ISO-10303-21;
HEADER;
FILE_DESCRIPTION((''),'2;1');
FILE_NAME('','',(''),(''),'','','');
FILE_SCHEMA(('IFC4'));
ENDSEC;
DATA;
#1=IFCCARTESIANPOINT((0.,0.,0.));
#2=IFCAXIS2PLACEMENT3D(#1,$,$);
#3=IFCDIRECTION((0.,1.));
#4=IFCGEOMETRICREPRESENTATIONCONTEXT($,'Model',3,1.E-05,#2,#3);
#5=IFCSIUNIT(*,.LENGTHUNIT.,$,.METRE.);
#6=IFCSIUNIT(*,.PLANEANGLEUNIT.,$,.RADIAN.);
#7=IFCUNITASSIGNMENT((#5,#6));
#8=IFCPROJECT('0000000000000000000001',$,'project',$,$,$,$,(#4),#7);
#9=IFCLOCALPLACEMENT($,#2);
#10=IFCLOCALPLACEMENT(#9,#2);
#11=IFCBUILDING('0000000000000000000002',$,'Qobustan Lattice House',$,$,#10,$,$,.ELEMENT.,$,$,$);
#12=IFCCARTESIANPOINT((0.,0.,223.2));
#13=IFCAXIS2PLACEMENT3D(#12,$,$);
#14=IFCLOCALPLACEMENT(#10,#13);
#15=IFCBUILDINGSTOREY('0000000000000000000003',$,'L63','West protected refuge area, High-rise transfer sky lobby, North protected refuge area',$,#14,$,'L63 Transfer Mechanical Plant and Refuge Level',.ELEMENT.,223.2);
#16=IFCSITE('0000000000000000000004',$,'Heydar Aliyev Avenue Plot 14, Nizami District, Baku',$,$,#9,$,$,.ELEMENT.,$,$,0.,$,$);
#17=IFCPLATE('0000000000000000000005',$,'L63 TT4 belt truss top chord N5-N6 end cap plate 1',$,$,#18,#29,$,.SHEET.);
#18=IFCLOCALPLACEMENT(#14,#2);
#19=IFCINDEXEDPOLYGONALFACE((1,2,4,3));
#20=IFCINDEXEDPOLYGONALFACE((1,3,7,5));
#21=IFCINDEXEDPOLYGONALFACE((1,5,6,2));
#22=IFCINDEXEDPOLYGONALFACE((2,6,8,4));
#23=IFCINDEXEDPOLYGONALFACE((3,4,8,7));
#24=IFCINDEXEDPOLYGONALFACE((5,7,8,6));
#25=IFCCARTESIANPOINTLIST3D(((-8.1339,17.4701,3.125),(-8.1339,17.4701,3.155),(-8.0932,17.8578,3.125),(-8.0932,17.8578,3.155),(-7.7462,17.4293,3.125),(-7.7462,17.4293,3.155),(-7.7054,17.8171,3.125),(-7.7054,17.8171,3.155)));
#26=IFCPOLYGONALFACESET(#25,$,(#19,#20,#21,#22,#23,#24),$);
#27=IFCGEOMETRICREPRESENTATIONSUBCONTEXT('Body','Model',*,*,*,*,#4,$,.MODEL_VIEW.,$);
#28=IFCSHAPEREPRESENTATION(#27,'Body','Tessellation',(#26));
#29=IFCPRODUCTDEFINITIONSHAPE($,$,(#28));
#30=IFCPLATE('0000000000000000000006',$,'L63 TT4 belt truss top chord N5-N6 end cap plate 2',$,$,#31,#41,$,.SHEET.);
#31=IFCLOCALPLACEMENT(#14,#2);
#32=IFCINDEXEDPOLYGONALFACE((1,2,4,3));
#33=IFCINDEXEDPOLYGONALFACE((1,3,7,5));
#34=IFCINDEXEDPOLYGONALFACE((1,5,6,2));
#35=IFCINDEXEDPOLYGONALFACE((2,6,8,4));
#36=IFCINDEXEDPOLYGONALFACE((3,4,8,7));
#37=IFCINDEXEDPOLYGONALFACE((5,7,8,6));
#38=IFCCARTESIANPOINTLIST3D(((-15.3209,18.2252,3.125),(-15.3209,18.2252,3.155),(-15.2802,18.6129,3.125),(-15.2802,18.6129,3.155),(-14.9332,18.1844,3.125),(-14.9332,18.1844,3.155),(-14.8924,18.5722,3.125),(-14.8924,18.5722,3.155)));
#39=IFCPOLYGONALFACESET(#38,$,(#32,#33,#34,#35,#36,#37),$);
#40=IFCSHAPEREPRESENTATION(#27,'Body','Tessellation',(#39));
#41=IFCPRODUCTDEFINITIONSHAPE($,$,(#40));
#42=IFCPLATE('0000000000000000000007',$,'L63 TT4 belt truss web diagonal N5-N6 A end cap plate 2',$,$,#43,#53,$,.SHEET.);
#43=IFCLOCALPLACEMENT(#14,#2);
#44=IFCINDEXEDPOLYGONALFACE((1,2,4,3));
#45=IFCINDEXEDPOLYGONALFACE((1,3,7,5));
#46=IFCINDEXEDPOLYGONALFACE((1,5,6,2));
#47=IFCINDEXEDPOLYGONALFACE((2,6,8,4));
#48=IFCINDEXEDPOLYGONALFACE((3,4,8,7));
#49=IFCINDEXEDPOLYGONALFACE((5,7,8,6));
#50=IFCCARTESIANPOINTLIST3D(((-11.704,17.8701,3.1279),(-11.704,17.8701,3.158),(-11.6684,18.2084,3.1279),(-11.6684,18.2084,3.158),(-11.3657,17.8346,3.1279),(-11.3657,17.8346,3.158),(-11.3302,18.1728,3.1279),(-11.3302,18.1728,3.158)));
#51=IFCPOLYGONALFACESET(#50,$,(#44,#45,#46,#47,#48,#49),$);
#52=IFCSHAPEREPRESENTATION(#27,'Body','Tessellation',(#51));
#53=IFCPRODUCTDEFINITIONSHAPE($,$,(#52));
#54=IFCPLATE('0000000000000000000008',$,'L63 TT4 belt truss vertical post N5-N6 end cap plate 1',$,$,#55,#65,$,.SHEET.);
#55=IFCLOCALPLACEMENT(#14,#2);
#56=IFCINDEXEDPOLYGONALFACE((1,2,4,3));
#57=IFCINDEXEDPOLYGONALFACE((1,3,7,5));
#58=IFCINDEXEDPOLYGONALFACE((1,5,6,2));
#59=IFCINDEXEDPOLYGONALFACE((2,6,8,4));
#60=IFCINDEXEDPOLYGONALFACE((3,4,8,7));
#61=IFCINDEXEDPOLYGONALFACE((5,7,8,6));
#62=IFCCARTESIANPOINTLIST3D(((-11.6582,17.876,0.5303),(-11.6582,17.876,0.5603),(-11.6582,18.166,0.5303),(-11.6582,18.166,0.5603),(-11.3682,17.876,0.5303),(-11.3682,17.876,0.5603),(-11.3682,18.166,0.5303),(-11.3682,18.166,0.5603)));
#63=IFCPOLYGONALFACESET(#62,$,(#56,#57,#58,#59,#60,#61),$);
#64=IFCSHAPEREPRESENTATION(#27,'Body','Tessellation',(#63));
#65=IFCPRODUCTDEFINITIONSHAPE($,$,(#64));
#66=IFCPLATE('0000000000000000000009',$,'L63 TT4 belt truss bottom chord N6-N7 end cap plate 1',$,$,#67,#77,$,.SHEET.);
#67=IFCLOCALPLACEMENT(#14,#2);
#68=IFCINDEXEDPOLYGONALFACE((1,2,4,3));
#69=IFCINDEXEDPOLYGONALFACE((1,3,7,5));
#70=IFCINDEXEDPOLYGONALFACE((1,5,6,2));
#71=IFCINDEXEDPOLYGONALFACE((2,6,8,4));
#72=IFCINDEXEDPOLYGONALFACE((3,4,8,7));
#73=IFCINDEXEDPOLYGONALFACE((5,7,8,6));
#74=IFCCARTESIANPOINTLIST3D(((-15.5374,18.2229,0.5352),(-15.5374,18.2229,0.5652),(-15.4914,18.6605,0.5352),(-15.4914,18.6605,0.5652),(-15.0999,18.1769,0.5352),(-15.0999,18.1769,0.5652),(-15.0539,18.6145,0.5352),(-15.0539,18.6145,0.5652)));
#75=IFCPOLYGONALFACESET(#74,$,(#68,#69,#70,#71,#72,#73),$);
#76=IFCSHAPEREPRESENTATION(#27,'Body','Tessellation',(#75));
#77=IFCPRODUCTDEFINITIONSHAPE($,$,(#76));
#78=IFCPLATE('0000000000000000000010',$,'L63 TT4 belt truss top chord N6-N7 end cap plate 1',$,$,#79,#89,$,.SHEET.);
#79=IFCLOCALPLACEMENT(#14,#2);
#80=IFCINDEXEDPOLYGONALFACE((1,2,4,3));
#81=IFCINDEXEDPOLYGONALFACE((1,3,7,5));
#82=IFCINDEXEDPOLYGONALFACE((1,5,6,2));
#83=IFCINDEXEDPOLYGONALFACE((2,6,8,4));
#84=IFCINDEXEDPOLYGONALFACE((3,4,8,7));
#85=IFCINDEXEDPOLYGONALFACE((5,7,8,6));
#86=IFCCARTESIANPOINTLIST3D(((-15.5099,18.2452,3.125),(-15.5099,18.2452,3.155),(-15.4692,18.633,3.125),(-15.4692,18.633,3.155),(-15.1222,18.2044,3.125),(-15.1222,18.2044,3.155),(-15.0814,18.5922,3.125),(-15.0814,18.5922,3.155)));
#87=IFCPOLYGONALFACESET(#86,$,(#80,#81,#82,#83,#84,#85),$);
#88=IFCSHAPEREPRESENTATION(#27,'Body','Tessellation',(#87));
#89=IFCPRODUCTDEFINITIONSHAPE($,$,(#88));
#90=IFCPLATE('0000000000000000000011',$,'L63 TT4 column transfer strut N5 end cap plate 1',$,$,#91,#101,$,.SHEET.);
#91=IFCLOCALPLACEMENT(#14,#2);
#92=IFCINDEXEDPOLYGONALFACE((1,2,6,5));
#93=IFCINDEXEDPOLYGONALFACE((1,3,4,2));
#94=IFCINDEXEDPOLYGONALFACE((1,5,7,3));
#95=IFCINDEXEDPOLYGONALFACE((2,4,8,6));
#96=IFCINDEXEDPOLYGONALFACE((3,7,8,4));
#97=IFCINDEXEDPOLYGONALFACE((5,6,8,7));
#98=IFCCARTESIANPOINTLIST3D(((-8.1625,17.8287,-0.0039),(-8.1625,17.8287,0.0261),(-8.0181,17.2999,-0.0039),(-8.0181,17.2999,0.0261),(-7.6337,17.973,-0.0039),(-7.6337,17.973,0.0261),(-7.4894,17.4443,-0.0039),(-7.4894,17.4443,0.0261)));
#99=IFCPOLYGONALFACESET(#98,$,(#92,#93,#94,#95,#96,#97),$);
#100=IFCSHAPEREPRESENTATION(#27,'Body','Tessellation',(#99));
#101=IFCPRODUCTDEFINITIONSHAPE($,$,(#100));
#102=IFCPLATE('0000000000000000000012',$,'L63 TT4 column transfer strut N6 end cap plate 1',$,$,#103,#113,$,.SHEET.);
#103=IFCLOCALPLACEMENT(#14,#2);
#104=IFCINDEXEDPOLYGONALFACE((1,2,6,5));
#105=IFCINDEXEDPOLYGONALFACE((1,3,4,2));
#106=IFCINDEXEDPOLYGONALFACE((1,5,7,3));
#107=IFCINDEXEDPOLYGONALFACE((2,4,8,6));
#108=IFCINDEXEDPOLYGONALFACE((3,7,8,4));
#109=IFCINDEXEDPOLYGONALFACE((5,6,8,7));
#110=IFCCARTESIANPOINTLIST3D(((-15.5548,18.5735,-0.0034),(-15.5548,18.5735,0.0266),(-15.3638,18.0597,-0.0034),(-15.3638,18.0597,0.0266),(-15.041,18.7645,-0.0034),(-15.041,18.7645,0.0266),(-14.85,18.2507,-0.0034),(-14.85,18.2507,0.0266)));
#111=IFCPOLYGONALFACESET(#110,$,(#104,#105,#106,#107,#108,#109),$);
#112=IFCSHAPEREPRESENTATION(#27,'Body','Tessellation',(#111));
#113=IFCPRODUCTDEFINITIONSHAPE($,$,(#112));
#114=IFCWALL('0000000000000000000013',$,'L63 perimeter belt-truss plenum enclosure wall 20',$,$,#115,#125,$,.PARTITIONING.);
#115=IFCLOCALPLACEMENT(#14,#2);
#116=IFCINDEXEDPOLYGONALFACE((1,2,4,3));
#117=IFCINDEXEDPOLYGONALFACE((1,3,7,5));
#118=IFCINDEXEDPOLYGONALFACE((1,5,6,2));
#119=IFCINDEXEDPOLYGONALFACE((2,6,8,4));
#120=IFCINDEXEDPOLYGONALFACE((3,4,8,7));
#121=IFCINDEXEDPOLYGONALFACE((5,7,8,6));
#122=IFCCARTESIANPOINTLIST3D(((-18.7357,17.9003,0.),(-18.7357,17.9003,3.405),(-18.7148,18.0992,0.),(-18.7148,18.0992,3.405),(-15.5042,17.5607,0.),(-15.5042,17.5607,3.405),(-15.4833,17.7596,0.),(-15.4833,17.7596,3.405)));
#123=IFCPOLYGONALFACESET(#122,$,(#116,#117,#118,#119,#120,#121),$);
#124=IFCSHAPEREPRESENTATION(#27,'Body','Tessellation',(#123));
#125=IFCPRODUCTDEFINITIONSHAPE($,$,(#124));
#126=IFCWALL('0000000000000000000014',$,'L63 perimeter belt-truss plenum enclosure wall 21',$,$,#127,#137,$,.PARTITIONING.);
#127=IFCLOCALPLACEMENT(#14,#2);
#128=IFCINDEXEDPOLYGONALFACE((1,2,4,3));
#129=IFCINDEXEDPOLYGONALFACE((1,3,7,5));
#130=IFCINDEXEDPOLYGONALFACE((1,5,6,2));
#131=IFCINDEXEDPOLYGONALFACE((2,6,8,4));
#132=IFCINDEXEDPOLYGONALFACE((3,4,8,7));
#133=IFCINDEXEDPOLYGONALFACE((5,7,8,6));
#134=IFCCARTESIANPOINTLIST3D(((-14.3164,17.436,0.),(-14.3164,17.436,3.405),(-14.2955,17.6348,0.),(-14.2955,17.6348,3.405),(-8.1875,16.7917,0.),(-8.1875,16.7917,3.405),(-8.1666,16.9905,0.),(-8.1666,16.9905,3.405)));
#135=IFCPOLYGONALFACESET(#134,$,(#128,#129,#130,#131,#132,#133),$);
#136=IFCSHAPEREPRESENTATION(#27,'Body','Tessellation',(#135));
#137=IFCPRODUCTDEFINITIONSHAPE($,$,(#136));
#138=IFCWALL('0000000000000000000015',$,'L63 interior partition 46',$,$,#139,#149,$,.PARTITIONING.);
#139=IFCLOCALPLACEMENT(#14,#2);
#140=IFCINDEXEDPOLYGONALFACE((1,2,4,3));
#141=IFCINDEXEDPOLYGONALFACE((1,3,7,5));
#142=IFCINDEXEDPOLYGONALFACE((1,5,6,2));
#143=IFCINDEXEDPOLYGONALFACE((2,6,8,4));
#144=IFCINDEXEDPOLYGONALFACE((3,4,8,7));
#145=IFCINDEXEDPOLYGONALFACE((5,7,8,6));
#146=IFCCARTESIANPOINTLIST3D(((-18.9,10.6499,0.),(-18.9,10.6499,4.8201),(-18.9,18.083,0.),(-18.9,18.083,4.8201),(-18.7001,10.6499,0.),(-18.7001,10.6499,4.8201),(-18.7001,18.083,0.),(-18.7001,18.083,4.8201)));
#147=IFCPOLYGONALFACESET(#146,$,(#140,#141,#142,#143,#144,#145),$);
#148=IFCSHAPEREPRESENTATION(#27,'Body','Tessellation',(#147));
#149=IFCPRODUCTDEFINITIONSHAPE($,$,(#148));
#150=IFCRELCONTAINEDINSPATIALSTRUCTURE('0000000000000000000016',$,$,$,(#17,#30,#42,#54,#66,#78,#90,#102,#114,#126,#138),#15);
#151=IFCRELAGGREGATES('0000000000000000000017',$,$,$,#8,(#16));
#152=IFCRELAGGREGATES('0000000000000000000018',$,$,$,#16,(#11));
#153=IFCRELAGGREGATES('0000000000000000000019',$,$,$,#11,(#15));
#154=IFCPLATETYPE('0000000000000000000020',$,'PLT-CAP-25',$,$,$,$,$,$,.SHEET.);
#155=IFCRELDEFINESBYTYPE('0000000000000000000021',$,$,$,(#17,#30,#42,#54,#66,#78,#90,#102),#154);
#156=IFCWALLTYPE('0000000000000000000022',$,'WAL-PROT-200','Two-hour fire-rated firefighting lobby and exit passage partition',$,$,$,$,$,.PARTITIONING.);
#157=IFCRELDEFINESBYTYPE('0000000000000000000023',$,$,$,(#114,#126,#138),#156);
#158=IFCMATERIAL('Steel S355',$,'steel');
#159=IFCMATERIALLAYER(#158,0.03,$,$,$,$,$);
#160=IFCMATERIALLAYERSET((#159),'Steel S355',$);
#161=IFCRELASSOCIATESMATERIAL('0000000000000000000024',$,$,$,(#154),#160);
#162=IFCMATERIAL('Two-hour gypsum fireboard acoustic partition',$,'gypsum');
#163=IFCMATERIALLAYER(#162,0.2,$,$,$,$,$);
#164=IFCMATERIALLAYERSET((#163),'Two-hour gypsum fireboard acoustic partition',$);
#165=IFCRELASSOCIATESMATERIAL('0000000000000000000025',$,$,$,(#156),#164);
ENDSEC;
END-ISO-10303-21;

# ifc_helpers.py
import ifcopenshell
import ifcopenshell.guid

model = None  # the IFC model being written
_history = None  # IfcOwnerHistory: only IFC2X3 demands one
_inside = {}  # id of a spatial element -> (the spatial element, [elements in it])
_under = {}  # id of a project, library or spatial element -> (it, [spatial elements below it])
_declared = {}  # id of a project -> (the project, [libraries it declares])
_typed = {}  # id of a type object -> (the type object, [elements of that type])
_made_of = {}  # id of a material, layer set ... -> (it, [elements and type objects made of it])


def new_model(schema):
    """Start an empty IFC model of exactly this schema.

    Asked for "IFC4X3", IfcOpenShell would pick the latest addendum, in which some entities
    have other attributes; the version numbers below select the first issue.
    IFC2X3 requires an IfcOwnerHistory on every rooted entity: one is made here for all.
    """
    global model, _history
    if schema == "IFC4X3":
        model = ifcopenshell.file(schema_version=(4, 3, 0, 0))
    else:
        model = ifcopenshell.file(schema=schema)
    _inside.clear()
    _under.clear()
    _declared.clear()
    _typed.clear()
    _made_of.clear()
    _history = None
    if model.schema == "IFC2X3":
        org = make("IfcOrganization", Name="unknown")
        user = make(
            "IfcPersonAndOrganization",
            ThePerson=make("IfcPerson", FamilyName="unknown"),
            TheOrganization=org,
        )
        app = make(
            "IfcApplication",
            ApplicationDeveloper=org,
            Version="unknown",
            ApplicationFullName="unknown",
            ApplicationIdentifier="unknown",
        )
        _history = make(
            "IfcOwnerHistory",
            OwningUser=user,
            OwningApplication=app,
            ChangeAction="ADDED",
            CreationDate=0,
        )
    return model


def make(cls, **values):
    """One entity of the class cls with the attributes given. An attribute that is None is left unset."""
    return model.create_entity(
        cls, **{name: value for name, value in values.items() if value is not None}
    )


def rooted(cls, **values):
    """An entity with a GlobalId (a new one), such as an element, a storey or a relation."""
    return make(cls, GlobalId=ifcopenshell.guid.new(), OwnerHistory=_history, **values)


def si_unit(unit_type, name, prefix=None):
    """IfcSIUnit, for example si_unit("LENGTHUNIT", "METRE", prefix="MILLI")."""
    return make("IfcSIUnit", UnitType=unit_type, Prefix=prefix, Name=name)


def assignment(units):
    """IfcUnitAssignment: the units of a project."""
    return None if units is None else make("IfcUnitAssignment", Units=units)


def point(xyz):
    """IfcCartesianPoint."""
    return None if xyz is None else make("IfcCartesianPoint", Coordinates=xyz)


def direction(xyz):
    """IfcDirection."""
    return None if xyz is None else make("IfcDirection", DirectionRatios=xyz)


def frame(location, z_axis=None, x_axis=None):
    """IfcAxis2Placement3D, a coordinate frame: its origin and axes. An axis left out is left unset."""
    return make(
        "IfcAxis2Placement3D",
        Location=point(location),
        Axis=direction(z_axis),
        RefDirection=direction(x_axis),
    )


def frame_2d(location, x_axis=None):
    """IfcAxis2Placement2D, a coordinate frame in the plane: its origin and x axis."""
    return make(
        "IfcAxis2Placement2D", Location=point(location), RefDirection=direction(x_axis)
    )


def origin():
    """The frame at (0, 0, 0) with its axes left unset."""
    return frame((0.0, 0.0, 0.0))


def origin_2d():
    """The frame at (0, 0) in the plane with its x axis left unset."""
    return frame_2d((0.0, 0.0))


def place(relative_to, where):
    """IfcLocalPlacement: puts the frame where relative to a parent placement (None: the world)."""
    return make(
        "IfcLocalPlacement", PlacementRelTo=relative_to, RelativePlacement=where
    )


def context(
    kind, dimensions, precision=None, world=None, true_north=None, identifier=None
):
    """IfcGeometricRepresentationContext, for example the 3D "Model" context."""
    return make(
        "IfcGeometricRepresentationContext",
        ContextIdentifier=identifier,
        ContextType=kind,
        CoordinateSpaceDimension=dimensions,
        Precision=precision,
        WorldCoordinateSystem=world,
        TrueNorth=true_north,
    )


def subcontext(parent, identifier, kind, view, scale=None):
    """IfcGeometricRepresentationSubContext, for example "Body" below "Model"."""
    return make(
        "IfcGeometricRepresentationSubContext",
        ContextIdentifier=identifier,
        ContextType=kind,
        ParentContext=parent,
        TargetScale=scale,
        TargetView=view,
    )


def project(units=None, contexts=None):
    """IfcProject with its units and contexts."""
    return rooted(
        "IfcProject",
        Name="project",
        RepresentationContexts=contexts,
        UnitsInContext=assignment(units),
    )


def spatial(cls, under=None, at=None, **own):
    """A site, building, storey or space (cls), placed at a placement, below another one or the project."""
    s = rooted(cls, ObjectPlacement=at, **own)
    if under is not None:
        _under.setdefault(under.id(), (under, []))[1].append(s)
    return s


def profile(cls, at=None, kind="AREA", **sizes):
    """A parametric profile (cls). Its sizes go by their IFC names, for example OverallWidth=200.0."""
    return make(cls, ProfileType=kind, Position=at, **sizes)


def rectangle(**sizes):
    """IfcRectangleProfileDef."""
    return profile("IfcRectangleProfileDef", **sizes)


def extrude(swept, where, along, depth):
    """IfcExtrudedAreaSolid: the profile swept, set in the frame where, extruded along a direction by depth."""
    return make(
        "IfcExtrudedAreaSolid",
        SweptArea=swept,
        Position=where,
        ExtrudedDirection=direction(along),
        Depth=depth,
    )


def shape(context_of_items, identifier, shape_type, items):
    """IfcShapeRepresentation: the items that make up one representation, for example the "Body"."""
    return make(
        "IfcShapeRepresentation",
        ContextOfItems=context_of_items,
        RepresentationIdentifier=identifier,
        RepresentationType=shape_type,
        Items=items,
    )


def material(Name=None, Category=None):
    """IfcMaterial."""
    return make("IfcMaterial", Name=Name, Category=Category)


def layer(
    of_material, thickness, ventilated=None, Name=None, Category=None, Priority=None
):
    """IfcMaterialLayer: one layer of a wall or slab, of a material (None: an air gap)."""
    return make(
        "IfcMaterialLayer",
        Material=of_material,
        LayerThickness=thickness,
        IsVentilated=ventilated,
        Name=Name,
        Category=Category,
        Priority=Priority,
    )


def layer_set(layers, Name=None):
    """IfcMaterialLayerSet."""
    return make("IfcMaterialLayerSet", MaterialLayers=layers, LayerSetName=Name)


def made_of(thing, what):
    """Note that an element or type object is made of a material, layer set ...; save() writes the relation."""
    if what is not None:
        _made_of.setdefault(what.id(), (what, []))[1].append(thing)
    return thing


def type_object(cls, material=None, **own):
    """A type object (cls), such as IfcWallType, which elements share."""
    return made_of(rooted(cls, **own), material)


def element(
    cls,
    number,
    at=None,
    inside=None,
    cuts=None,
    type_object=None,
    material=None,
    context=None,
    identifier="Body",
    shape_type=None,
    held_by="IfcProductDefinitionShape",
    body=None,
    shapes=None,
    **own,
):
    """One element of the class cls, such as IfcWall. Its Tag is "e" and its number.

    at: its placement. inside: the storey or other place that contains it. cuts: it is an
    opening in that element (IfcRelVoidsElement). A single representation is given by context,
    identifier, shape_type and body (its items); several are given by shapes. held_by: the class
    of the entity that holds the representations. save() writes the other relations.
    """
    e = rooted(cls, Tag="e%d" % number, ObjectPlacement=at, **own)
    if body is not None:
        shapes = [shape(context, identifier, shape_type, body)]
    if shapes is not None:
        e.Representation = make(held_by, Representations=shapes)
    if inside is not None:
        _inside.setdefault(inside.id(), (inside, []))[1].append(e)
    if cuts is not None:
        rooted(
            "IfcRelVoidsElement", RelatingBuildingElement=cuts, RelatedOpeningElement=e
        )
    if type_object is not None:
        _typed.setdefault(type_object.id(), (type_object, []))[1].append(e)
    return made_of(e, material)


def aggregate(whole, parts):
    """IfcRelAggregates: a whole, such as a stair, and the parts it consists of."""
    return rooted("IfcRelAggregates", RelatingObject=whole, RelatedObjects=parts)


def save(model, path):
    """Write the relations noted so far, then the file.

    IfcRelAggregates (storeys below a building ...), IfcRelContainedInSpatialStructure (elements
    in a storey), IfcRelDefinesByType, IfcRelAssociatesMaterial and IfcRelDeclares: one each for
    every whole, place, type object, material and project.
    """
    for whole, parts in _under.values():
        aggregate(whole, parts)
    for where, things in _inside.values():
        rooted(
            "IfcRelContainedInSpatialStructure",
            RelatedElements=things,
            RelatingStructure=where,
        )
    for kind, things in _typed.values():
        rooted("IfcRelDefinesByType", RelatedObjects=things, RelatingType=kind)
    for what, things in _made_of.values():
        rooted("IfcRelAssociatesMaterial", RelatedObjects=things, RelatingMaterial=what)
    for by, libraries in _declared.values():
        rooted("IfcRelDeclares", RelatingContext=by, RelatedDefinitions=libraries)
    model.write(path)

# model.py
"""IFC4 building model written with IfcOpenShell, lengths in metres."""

from ifc_helpers import new_model, si_unit, direction, frame, frame_2d, origin, origin_2d, place, context, subcontext, project, spatial, rectangle, extrude, material, layer, layer_set, type_object, element, save


model = new_model("IFC4")

# Units and contexts
model_context = context("Model", 3, precision=1e-05, world=origin(), true_north=direction((0.0, 1.0)))
body_context = subcontext(model_context, "Body", "Model", "MODEL_VIEW")
ifc_project = project(units=[si_unit("LENGTHUNIT", "METRE"), si_unit("PLANEANGLEUNIT", "RADIAN")], contexts=[model_context])

# Site, building, storey
site_placement = place(None, origin())
site = spatial("IfcSite", under=ifc_project, at=site_placement, Name="Heydar Aliyev Avenue Plot 14, Nizami District, Baku", CompositionType="ELEMENT", RefElevation=0.0)
building_placement = place(site_placement, origin())
building = spatial("IfcBuilding", under=site, at=building_placement, Name="Qobustan Lattice House", CompositionType="ELEMENT")
storey_placement = place(building_placement, frame((0.0, 0.0, 223.2)))
storey = spatial("IfcBuildingStorey", under=building, at=storey_placement, Name="L63", Description="West protected refuge area, High-rise transfer sky lobby, North protected refuge area", LongName="L63 Transfer Mechanical Plant and Refuge Level", CompositionType="ELEMENT", Elevation=223.2)

# Plates
ifc_material_1 = material(Name="Steel S355", Category="steel")
ifc_layer_1 = layer(ifc_material_1, 0.03)
ifc_layer_set_1 = layer_set([ifc_layer_1], Name="Steel S355")
plate_type_1 = type_object("IfcPlateType", Name="PLT-CAP-25", PredefinedType="SHEET", material=ifc_layer_set_1)
for number, where, z_axis, x_axis, name in (
    (1, (-7.9197, 17.6436, 3.125), (0.0, 0.0, 1.0), (-0.994524, 0.104511, 0.0), "L63 TT4 belt truss top chord N5-N6 end cap plate 1"),
    (2, (-15.1067, 18.3987, 3.125), (0.0, 0.0, 1.0), (-0.994524, 0.104511, 0.0), "L63 TT4 belt truss top chord N5-N6 end cap plate 2"),
):
    element("IfcPlate", number, at=place(storey_placement, frame(where, z_axis=z_axis, x_axis=x_axis)), inside=storey, type_object=plate_type_1, Name=name, PredefinedType="SHEET", context=body_context, shape_type="SweptSolid", body=[
        extrude(rectangle(XDim=0.3899, YDim=0.3899, at=origin_2d()), origin(), (0.0, 0.0, 1.0), 0.03),
    ])
plate_1_placement = place(storey_placement, frame((-11.5171, 18.0215, 3.1279), z_axis=(0.0, 0.0, 1.0), x_axis=(-0.994524, 0.104511, 0.0)))
element("IfcPlate", 3, at=plate_1_placement, inside=storey, type_object=plate_type_1, Name="L63 TT4 belt truss web diagonal N5-N6 A end cap plate 2", PredefinedType="SHEET", context=body_context, shape_type="SweptSolid", body=[
    extrude(rectangle(XDim=0.3401, YDim=0.3401, at=origin_2d()), origin(), (0.0, 0.0, 1.0), 0.03),
])
plate_2_placement = place(storey_placement, frame((-11.5132, 18.021, 0.5303), z_axis=(0.0, 0.0, 1.0), x_axis=(1.0, 0.0, 0.0)))
element("IfcPlate", 4, at=plate_2_placement, inside=storey, type_object=plate_type_1, Name="L63 TT4 belt truss vertical post N5-N6 end cap plate 1", PredefinedType="SHEET", context=body_context, shape_type="SweptSolid", body=[
    extrude(rectangle(XDim=0.29, YDim=0.29, at=origin_2d()), origin(), (0.0, 0.0, 1.0), 0.03),
])
plate_3_placement = place(storey_placement, frame((-15.2957, 18.4187, 0.5352), z_axis=(0.0, 0.0, 1.0), x_axis=(-0.994522, 0.104528, 0.0)))
element("IfcPlate", 5, at=plate_3_placement, inside=storey, type_object=plate_type_1, Name="L63 TT4 belt truss bottom chord N6-N7 end cap plate 1", PredefinedType="SHEET", context=body_context, shape_type="SweptSolid", body=[
    extrude(rectangle(XDim=0.4399, YDim=0.4399, at=origin_2d()), origin(), (0.0, 0.0, 1.0), 0.03),
])
plate_4_placement = place(storey_placement, frame((-15.2957, 18.4187, 3.125), z_axis=(0.0, 0.0, 1.0), x_axis=(-0.994522, 0.104528, 0.0)))
element("IfcPlate", 6, at=plate_4_placement, inside=storey, type_object=plate_type_1, Name="L63 TT4 belt truss top chord N6-N7 end cap plate 1", PredefinedType="SHEET", context=body_context, shape_type="SweptSolid", body=[
    extrude(rectangle(XDim=0.3899, YDim=0.3899, at=origin_2d()), origin(), (0.0, 0.0, 1.0), 0.03),
])
for number, where, z_axis, x_axis, name in (
    (7, (-7.8259, 17.6365, -0.0039), (0.0, 0.0, 1.0), (0.263385, -0.964691, 0.0), "L63 TT4 column transfer strut N5 end cap plate 1"),
    (8, (-15.2024, 18.4121, -0.0034), (0.0, 0.0, 1.0), (0.348458, -0.937325, 0.0), "L63 TT4 column transfer strut N6 end cap plate 1"),
):
    element("IfcPlate", number, at=place(storey_placement, frame(where, z_axis=z_axis, x_axis=x_axis)), inside=storey, type_object=plate_type_1, Name=name, PredefinedType="SHEET", context=body_context, shape_type="SweptSolid", body=[
        extrude(rectangle(XDim=0.5481, YDim=0.5481, at=origin_2d()), origin(), (0.0, 0.0, 1.0), 0.03),
    ])

# Walls
ifc_material_2 = material(Name="Two-hour gypsum fireboard acoustic partition", Category="gypsum")
ifc_layer_2 = layer(ifc_material_2, 0.2)
ifc_layer_set_2 = layer_set([ifc_layer_2], Name="Two-hour gypsum fireboard acoustic partition")
wall_type = type_object("IfcWallType", Name="WAL-PROT-200", Description="Two-hour fire-rated firefighting lobby and exit passage partition", PredefinedType="PARTITIONING", material=ifc_layer_set_2)
wall_1_placement = place(storey_placement, frame((-18.7251, 17.9998, 0.0), z_axis=(0.0, 0.0, 1.0), x_axis=(0.994523, -0.104517, 0.0)))
element("IfcWall", 9, at=wall_1_placement, inside=storey, type_object=wall_type, Name="L63 perimeter belt-truss plenum enclosure wall 20", PredefinedType="PARTITIONING", context=body_context, shape_type="SweptSolid", body=[
    extrude(rectangle(XDim=3.2493, YDim=0.2, at=frame_2d((1.6245, 0.0))), origin(), (0.0, 0.0, 1.0), 3.405),
])
wall_2_placement = place(storey_placement, frame((-14.3059, 17.5354, 0.0), z_axis=(0.0, 0.0, 1.0), x_axis=(0.99452, -0.104547, 0.0)))
element("IfcWall", 10, at=wall_2_placement, inside=storey, type_object=wall_type, Name="L63 perimeter belt-truss plenum enclosure wall 21", PredefinedType="PARTITIONING", context=body_context, shape_type="SweptSolid", body=[
    extrude(rectangle(XDim=6.1626, YDim=0.2, at=frame_2d((3.0813, 0.0))), origin(), (0.0, 0.0, 1.0), 3.405),
])
wall_3_placement = place(storey_placement, frame((-18.8, 18.083, 0.0), z_axis=(0.0, 0.0, 1.0), x_axis=(0.0, -1.0, 0.0)))
element("IfcWall", 11, at=wall_3_placement, inside=storey, type_object=wall_type, Name="L63 interior partition 46", PredefinedType="PARTITIONING", context=body_context, shape_type="SweptSolid", body=[
    extrude(rectangle(XDim=7.4331, YDim=0.2, at=frame_2d((3.7166, 0.0))), origin(), (0.0, 0.0, 1.0), 4.8201),
])

save(model, "model.ifc")
